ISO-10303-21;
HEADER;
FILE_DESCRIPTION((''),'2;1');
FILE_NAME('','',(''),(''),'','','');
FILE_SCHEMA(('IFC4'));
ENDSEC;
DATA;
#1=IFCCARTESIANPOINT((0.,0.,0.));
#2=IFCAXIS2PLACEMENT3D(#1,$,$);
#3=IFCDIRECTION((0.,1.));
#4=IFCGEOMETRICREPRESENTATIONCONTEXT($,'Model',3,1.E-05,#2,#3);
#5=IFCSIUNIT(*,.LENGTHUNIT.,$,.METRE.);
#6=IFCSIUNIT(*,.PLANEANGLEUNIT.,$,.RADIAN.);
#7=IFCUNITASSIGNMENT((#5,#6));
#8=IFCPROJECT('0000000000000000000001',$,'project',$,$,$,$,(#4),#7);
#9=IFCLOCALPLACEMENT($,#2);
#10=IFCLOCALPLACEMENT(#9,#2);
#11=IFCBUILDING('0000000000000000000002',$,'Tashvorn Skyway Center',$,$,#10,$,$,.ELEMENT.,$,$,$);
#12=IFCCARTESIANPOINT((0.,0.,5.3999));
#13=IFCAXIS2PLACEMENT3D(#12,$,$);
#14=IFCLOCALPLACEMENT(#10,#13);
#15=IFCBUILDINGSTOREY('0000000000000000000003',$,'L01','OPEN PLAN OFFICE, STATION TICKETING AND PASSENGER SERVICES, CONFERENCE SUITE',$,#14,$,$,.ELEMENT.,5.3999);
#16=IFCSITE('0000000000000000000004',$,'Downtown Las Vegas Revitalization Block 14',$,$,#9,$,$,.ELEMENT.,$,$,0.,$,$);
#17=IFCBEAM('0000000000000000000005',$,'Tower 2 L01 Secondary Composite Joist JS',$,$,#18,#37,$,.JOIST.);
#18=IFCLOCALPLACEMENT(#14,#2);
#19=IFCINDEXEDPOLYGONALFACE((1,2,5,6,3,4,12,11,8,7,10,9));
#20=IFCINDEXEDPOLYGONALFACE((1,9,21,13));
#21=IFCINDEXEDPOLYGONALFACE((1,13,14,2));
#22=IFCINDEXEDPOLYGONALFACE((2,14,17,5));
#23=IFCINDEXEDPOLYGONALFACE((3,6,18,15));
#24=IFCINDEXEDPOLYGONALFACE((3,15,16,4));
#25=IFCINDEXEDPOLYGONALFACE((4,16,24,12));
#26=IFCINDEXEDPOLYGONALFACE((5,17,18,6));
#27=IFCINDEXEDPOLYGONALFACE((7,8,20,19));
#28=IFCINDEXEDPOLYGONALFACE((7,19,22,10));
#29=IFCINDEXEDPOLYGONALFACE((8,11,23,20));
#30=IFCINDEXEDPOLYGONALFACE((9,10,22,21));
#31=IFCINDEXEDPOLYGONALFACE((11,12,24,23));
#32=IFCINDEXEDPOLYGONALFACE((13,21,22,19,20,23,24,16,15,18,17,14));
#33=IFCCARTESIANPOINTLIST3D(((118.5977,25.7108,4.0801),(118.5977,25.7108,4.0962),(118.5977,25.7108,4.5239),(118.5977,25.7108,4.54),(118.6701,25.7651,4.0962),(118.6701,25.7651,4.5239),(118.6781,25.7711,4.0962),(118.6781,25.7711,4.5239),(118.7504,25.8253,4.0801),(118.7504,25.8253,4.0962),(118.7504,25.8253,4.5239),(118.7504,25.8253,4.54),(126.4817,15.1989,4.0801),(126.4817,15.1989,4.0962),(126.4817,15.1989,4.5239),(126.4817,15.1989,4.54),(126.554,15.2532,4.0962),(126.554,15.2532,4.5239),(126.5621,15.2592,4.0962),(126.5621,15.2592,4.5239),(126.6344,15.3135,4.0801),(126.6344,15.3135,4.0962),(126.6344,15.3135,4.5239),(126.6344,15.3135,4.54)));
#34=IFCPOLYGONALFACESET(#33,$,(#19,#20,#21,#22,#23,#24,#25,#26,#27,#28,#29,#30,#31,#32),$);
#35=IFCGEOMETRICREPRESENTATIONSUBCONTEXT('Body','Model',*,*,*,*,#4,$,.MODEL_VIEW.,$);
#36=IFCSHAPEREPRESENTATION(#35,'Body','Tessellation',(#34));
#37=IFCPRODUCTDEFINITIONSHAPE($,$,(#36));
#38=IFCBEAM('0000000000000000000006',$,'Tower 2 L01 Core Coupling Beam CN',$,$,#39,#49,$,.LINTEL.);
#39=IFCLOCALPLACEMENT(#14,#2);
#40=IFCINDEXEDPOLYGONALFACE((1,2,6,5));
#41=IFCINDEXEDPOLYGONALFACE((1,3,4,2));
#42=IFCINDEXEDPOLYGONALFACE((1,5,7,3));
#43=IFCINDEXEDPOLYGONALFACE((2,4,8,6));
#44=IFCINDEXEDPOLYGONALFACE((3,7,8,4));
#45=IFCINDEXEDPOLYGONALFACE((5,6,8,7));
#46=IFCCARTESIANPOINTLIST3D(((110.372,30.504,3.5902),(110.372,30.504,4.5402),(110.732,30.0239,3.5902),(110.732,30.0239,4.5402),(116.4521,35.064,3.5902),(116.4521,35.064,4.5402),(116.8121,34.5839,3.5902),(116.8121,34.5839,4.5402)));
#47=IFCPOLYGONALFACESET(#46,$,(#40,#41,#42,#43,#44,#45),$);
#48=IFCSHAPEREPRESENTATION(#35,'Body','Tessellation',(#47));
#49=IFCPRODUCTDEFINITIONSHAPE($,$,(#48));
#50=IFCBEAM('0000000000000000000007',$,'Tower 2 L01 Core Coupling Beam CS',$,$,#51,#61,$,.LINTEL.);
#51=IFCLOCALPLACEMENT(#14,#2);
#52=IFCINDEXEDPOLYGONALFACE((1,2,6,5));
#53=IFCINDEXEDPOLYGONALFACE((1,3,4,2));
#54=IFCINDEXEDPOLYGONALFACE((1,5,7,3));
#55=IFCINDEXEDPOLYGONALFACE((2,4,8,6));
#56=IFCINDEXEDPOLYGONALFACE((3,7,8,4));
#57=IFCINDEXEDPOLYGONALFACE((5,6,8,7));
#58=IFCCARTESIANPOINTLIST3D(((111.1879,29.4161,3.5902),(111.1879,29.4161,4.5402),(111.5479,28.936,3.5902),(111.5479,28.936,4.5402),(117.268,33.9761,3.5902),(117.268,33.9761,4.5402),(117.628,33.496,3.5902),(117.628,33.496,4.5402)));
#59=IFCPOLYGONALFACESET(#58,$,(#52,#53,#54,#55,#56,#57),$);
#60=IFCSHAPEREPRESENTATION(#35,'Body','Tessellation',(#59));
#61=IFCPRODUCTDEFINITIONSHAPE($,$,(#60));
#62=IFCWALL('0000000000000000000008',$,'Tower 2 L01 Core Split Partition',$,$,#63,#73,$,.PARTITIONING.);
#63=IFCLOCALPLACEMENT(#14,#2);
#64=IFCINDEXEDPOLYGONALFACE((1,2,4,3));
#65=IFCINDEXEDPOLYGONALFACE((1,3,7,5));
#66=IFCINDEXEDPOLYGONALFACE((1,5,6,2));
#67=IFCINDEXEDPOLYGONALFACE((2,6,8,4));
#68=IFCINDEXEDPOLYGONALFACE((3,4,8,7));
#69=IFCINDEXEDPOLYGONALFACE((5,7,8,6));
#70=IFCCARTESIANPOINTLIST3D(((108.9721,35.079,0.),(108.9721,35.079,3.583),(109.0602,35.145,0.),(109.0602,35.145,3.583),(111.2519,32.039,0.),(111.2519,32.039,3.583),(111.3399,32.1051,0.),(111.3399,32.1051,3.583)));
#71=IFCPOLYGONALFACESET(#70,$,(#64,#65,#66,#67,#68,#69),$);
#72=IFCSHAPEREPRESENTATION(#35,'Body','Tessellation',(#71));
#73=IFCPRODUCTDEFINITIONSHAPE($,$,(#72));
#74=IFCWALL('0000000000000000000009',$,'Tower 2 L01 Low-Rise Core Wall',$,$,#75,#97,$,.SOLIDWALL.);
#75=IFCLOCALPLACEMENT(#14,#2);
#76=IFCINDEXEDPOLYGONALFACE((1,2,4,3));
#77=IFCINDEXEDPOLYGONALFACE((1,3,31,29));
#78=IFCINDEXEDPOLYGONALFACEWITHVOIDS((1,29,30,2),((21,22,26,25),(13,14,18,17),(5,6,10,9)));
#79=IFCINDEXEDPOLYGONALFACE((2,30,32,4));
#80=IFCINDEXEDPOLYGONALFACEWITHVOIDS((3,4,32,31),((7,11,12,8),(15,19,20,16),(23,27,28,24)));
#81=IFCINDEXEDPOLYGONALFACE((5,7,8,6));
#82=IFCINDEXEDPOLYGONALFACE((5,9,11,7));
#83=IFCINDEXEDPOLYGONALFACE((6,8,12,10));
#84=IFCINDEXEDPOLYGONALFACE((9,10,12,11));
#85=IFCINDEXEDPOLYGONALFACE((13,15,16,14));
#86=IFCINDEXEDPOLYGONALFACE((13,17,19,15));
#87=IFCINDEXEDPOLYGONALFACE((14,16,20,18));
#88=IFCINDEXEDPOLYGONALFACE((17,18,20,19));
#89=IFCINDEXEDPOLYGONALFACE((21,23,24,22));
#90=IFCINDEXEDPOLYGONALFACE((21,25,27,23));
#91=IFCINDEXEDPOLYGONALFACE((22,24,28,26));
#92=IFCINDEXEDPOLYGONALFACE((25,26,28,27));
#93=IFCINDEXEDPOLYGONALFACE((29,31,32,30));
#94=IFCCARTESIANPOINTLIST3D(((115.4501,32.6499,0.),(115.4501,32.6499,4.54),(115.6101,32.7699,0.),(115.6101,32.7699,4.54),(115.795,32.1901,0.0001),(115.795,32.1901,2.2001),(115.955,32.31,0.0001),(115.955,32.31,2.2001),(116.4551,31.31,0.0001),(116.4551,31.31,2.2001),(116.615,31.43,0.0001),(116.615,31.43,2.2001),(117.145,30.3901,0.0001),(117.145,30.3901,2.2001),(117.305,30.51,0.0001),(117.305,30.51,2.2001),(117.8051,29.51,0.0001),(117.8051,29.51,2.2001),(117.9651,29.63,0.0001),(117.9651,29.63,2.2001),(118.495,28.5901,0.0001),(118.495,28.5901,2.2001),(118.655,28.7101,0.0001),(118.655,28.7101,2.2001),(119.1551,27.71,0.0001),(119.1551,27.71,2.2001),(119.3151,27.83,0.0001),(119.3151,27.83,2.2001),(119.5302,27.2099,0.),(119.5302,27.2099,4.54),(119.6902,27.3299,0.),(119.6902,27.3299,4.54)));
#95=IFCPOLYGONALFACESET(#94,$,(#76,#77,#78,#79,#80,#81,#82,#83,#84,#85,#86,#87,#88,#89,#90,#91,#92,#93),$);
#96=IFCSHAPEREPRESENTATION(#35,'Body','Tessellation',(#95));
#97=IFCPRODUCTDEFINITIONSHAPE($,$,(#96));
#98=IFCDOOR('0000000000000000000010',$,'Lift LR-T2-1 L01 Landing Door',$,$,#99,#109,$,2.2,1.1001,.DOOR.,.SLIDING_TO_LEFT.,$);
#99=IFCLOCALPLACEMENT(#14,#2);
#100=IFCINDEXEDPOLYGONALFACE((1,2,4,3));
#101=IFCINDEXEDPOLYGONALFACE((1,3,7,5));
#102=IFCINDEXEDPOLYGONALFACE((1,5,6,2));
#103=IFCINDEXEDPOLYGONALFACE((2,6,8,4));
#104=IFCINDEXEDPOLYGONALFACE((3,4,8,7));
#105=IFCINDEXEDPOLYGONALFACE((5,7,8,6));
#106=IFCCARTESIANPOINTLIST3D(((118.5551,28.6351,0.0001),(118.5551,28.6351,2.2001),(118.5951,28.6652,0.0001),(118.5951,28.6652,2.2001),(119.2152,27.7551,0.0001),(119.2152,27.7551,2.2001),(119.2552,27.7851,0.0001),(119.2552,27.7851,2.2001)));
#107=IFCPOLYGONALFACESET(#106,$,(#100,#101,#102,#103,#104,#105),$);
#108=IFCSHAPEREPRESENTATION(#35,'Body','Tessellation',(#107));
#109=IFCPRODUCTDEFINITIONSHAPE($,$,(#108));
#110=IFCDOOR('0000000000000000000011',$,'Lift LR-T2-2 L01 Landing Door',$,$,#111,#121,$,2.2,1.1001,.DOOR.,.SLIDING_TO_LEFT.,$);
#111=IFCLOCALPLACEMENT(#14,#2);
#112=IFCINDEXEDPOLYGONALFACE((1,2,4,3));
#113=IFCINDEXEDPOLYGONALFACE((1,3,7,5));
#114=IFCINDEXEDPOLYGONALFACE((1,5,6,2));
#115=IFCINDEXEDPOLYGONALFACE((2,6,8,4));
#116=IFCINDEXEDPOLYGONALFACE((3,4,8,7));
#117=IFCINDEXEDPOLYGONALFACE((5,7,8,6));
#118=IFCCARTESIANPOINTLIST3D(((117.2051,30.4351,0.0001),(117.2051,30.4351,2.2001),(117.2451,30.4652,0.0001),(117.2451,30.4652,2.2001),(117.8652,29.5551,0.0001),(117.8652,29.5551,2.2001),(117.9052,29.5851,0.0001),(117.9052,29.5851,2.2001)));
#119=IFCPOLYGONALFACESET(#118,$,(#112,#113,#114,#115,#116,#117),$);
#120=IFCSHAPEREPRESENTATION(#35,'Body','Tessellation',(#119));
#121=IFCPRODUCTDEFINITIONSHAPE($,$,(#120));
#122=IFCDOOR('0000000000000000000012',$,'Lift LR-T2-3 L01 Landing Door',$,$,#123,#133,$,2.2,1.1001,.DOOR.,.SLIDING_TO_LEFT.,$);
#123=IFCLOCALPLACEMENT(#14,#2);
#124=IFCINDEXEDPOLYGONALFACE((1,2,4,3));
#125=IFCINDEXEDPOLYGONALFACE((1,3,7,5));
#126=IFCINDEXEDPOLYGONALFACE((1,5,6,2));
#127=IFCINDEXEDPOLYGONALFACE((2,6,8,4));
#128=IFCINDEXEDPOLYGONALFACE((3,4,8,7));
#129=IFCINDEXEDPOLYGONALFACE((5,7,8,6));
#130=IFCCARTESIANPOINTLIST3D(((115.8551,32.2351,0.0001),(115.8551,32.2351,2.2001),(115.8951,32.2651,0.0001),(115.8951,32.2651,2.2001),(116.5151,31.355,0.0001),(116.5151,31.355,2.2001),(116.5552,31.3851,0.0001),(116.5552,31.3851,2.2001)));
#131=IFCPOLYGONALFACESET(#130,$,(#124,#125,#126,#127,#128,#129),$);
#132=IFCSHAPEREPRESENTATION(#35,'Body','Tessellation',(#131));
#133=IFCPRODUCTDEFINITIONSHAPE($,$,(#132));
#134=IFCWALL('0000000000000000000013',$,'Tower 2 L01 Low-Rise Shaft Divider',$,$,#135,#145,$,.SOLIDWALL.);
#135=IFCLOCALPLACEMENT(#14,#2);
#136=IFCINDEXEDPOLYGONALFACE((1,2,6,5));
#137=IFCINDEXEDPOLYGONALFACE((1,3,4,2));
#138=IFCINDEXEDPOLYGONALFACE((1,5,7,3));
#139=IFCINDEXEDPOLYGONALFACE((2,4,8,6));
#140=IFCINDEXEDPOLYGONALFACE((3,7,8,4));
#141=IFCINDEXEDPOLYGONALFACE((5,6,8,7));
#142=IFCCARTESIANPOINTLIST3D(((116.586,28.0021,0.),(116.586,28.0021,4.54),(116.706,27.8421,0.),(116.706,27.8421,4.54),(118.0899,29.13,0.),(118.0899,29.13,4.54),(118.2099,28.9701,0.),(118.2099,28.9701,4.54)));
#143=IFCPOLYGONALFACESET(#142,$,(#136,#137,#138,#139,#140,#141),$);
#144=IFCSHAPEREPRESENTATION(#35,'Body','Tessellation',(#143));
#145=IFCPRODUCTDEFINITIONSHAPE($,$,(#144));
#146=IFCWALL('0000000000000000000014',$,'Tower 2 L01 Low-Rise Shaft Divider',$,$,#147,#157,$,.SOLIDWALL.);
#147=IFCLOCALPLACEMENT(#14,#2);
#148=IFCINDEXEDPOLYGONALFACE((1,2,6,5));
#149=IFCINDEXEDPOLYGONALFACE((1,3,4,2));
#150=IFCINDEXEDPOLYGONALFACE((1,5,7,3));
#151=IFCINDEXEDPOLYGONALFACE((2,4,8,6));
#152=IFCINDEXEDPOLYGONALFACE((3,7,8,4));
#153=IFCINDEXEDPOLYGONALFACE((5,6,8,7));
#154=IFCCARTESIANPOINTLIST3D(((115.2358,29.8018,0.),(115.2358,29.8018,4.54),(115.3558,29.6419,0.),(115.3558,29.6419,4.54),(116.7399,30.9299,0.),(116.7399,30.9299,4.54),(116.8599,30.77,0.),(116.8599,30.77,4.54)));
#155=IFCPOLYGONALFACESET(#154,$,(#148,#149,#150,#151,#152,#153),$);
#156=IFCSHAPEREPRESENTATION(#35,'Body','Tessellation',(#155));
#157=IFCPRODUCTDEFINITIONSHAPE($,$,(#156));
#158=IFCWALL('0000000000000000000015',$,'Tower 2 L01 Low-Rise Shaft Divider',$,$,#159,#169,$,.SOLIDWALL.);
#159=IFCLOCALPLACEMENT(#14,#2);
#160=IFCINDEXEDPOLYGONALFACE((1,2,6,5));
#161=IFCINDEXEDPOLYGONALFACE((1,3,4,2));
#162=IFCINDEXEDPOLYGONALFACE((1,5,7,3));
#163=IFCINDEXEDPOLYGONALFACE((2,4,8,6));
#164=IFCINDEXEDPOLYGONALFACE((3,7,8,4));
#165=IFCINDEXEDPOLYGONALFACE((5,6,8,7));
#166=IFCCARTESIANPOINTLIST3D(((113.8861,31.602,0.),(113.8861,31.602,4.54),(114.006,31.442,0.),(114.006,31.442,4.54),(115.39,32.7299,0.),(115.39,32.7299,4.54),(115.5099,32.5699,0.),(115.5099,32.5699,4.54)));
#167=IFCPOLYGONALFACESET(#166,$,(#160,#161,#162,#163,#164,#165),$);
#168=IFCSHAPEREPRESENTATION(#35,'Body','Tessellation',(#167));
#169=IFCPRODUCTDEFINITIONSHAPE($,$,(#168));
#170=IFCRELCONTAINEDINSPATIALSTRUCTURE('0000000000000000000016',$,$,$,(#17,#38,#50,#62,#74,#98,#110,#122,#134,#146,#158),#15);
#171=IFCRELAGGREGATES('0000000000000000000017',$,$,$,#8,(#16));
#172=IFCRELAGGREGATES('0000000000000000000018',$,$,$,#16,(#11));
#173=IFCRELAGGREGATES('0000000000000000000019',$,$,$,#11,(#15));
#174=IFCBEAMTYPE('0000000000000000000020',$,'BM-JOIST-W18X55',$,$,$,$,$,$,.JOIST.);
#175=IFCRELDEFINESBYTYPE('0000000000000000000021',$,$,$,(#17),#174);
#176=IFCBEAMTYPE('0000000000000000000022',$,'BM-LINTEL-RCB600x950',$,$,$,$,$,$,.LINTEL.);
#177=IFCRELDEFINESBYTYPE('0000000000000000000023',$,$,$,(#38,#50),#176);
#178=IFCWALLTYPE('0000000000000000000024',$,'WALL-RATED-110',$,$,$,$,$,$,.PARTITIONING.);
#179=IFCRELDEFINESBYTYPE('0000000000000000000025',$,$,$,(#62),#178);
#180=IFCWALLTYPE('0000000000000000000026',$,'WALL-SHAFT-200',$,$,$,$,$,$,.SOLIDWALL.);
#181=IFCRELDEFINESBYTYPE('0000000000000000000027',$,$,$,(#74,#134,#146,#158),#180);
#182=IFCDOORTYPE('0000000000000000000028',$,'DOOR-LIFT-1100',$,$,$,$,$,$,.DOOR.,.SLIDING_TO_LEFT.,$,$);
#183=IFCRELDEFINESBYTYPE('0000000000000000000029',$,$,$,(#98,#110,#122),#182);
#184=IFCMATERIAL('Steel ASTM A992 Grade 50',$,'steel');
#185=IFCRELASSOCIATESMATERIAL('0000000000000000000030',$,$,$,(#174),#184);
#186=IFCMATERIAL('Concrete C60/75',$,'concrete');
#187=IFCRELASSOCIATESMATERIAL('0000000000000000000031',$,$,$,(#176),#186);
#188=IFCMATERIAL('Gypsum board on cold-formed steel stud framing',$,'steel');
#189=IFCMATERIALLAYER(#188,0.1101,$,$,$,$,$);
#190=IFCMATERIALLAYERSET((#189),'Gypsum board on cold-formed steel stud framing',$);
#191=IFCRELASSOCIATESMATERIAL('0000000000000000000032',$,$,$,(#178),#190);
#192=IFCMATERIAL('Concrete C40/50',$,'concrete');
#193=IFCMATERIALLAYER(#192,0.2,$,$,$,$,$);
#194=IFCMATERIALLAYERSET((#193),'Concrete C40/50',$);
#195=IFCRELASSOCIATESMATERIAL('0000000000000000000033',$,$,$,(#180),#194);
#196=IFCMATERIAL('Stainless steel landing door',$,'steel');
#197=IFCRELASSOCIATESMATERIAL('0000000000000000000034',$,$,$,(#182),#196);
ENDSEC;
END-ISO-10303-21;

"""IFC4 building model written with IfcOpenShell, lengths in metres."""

from ifc_helpers import new_model, si_unit, direction, frame, frame_2d, origin, origin_2d, place, context, subcontext, project, spatial, rectangle, i_section, extrude, material, layer, layer_set, material_profile, profile_set, type_object, element, fill, save


model = new_model("IFC4")

# Units and contexts
model_context = context("Model", 3, precision=1e-05, world=origin(), true_north=direction((0.0, 1.0)))
body_context = subcontext(model_context, "Body", "Model", "MODEL_VIEW")
ifc_project = project(units=[si_unit("LENGTHUNIT", "METRE"), si_unit("PLANEANGLEUNIT", "RADIAN")], contexts=[model_context])

# Site, building, storey
site_placement = place(None, origin())
site = spatial("IfcSite", under=ifc_project, at=site_placement, Name="Downtown Las Vegas Revitalization Block 14", CompositionType="ELEMENT", RefElevation=0.0)
building_placement = place(site_placement, origin())
building = spatial("IfcBuilding", under=site, at=building_placement, Name="Tashvorn Skyway Center", CompositionType="ELEMENT")
storey_placement = place(building_placement, frame((0.0, 0.0, 5.3999)))
storey = spatial("IfcBuildingStorey", under=building, at=storey_placement, Name="L01", Description="OPEN PLAN OFFICE, STATION TICKETING AND PASSENGER SERVICES, CONFERENCE SUITE", CompositionType="ELEMENT", Elevation=5.3999)

# Beams
ifc_material_1 = material(Name="Steel ASTM A992 Grade 50", Category="steel")
ifc_material_profile_1 = material_profile(ifc_material_1, i_section(OverallWidth=0.1909, OverallDepth=0.46, WebThickness=0.01, FlangeThickness=0.0161, at=origin_2d()), Name="W18X55")
ifc_profile_set_1 = profile_set([ifc_material_profile_1], Name="Steel ASTM A992 Grade 50")
beam_type_1 = type_object("IfcBeamType", Name="BM-JOIST-W18X55", PredefinedType="JOIST", material=ifc_profile_set_1)
beam_placement = place(storey_placement, frame((118.6741, 25.7681, 4.3101), z_axis=(0.600003, -0.799998, 0.0), x_axis=(0.799998, 0.600003, 0.0)))
element("IfcBeam", 1, at=beam_placement, inside=storey, type_object=beam_type_1, Name="Tower 2 L01 Secondary Composite Joist JS", PredefinedType="JOIST", context=body_context, shape_type="SweptSolid", body=[
    extrude(i_section(OverallWidth=0.1909, OverallDepth=0.46, WebThickness=0.01, FlangeThickness=0.0161, at=origin_2d()), origin(), (0.0, 0.0, 1.0), 13.1399),
])
ifc_material_2 = material(Name="Concrete C60/75", Category="concrete")
ifc_material_profile_2 = material_profile(ifc_material_2, rectangle(XDim=0.6001, YDim=0.95, at=origin_2d()), Name="RCB600x950")
ifc_profile_set_2 = profile_set([ifc_material_profile_2], Name="Concrete C60/75")
beam_type_2 = type_object("IfcBeamType", Name="BM-LINTEL-RCB600x950", PredefinedType="LINTEL", material=ifc_profile_set_2)
for number, where, z_axis, x_axis, name in (
    (2, (110.552, 30.2639, 4.0652), (0.8, 0.6, 0.0), (-0.6, 0.8, 0.0), "Tower 2 L01 Core Coupling Beam CN"),
    (3, (111.3679, 29.176, 4.0652), (0.8, 0.6, 0.0), (-0.6, 0.8, 0.0), "Tower 2 L01 Core Coupling Beam CS"),
):
    element("IfcBeam", number, at=place(storey_placement, frame(where, z_axis=z_axis, x_axis=x_axis)), inside=storey, type_object=beam_type_2, Name=name, PredefinedType="LINTEL", context=body_context, shape_type="SweptSolid", body=[
        extrude(rectangle(XDim=0.6001, YDim=0.95, at=origin_2d()), origin(), (0.0, 0.0, 1.0), 7.6001),
    ])

# Wall
ifc_material_3 = material(Name="Gypsum board on cold-formed steel stud framing", Category="steel")
ifc_layer_1 = layer(ifc_material_3, 0.1101)
ifc_layer_set_1 = layer_set([ifc_layer_1], Name="Gypsum board on cold-formed steel stud framing")
wall_type_1 = type_object("IfcWallType", Name="WALL-RATED-110", PredefinedType="PARTITIONING", material=ifc_layer_set_1)
wall_1_placement = place(storey_placement, frame((111.2959, 32.072, 0.0), z_axis=(0.0, 0.0, 1.0), x_axis=(-0.599959, 0.800031, 0.0)))
element("IfcWall", 4, at=wall_1_placement, inside=storey, type_object=wall_type_1, Name="Tower 2 L01 Core Split Partition", PredefinedType="PARTITIONING", context=body_context, shape_type="SweptSolid", body=[
    extrude(rectangle(XDim=3.7998, YDim=0.1101, at=frame_2d((1.8999, 0.0))), origin(), (0.0, 0.0, 1.0), 3.583),
])

# Wall, openings, doors
ifc_material_4 = material(Name="Concrete C40/50", Category="concrete")
ifc_layer_2 = layer(ifc_material_4, 0.2)
ifc_layer_set_2 = layer_set([ifc_layer_2], Name="Concrete C40/50")
wall_type_2 = type_object("IfcWallType", Name="WALL-SHAFT-200", PredefinedType="SOLIDWALL", material=ifc_layer_set_2)
wall_2_placement = place(storey_placement, frame((119.6101, 27.27, 0.0), z_axis=(0.0, 0.0, 1.0), x_axis=(-0.600011, 0.799991, 0.0)))
wall_2 = element("IfcWall", 5, at=wall_2_placement, inside=storey, type_object=wall_type_2, Name="Tower 2 L01 Low-Rise Core Wall", PredefinedType="SOLIDWALL", context=body_context, shape_type="SweptSolid", body=[
    extrude(rectangle(XDim=6.8, YDim=0.2, at=frame_2d((3.3999, 0.0))), origin(), (0.0, 0.0, 1.0), 4.54),
])
opening_1_placement = place(wall_2_placement, frame((0.625, 0.0, 0.0)))
opening_1 = element("IfcOpeningElement", 6, at=opening_1_placement, cuts=wall_2, PredefinedType="OPENING", context=body_context, shape_type="SweptSolid", body=[
    extrude(rectangle(XDim=1.1001, YDim=2.2, at=frame_2d((0.55, 1.1001))), frame((0.0, 0.1099, 0.0), z_axis=(0.0, -1.0, 0.0), x_axis=(1.0, 0.0, 0.0)), (0.0, 0.0, 1.0), 0.22),
])
opening_2_placement = place(wall_2_placement, frame((2.875, 0.0, 0.0)))
opening_2 = element("IfcOpeningElement", 7, at=opening_2_placement, cuts=wall_2, PredefinedType="OPENING", context=body_context, shape_type="SweptSolid", body=[
    extrude(rectangle(XDim=1.1001, YDim=2.2, at=frame_2d((0.55, 1.1001))), frame((0.0, 0.1099, 0.0), z_axis=(0.0, -1.0, 0.0), x_axis=(1.0, 0.0, 0.0)), (0.0, 0.0, 1.0), 0.22),
])
opening_3_placement = place(wall_2_placement, frame((5.125, 0.0, 0.0)))
opening_3 = element("IfcOpeningElement", 8, at=opening_3_placement, cuts=wall_2, PredefinedType="OPENING", context=body_context, shape_type="SweptSolid", body=[
    extrude(rectangle(XDim=1.1001, YDim=2.2, at=frame_2d((0.55, 1.1001))), frame((0.0, 0.1099, 0.0), z_axis=(0.0, -1.0, 0.0), x_axis=(1.0, 0.0, 0.0)), (0.0, 0.0, 1.0), 0.22),
])
ifc_material_5 = material(Name="Stainless steel landing door", Category="steel")
door_type_1 = type_object("IfcDoorType", Name="DOOR-LIFT-1100", OperationType="SLIDING_TO_LEFT", PredefinedType="DOOR", material=ifc_material_5)
door_1_placement = place(opening_1_placement, origin())
door_1 = element("IfcDoor", 9, at=door_1_placement, inside=storey, type_object=door_type_1, Name="Lift LR-T2-1 L01 Landing Door", OperationType="SLIDING_TO_LEFT", OverallHeight=2.2, OverallWidth=1.1001, PredefinedType="DOOR", context=body_context, shape_type="SweptSolid", body=[
    extrude(rectangle(XDim=1.1001, YDim=2.2, at=frame_2d((0.55, 1.1001))), frame((0.0, 0.0249, 0.0), z_axis=(0.0, -1.0, 0.0), x_axis=(1.0, 0.0, 0.0)), (0.0, 0.0, 1.0), 0.05),
])
fill(opening_1, door_1)
door_2_placement = place(opening_2_placement, origin())
door_2 = element("IfcDoor", 10, at=door_2_placement, inside=storey, type_object=door_type_1, Name="Lift LR-T2-2 L01 Landing Door", OperationType="SLIDING_TO_LEFT", OverallHeight=2.2, OverallWidth=1.1001, PredefinedType="DOOR", context=body_context, shape_type="SweptSolid", body=[
    extrude(rectangle(XDim=1.1001, YDim=2.2, at=frame_2d((0.55, 1.1001))), frame((0.0, 0.0249, 0.0), z_axis=(0.0, -1.0, 0.0), x_axis=(1.0, 0.0, 0.0)), (0.0, 0.0, 1.0), 0.05),
])
fill(opening_2, door_2)
door_3_placement = place(opening_3_placement, origin())
door_3 = element("IfcDoor", 11, at=door_3_placement, inside=storey, type_object=door_type_1, Name="Lift LR-T2-3 L01 Landing Door", OperationType="SLIDING_TO_LEFT", OverallHeight=2.2, OverallWidth=1.1001, PredefinedType="DOOR", context=body_context, shape_type="SweptSolid", body=[
    extrude(rectangle(XDim=1.1001, YDim=2.2, at=frame_2d((0.55, 1.1001))), frame((0.0, 0.0249, 0.0), z_axis=(0.0, -1.0, 0.0), x_axis=(1.0, 0.0, 0.0)), (0.0, 0.0, 1.0), 0.05),
])
fill(opening_3, door_3)

# Walls
wall_3_placement = place(storey_placement, frame((116.646, 27.9221, 0.0), z_axis=(0.0, 0.0, 1.0), x_axis=(0.8, 0.6, 0.0)))
element("IfcWall", 12, at=wall_3_placement, inside=storey, type_object=wall_type_2, Name="Tower 2 L01 Low-Rise Shaft Divider", PredefinedType="SOLIDWALL", context=body_context, shape_type="SweptSolid", body=[
    extrude(rectangle(XDim=1.8799, YDim=0.2, at=frame_2d((0.9399, 0.0))), origin(), (0.0, 0.0, 1.0), 4.54),
])
wall_4_placement = place(storey_placement, frame((115.2959, 29.7219, 0.0), z_axis=(0.0, 0.0, 1.0), x_axis=(0.799984, 0.600021, 0.0)))
element("IfcWall", 13, at=wall_4_placement, inside=storey, type_object=wall_type_2, Name="Tower 2 L01 Low-Rise Shaft Divider", PredefinedType="SOLIDWALL", context=body_context, shape_type="SweptSolid", body=[
    extrude(rectangle(XDim=1.8801, YDim=0.2, at=frame_2d((0.9399, 0.0))), origin(), (0.0, 0.0, 1.0), 4.54),
])
wall_5_placement = place(storey_placement, frame((113.946, 31.522, 0.0), z_axis=(0.0, 0.0, 1.0), x_axis=(0.8, 0.6, 0.0)))
element("IfcWall", 14, at=wall_5_placement, inside=storey, type_object=wall_type_2, Name="Tower 2 L01 Low-Rise Shaft Divider", PredefinedType="SOLIDWALL", context=body_context, shape_type="SweptSolid", body=[
    extrude(rectangle(XDim=1.8799, YDim=0.2, at=frame_2d((0.9399, 0.0))), origin(), (0.0, 0.0, 1.0), 4.54),
])

save(model, "model.ifc")
